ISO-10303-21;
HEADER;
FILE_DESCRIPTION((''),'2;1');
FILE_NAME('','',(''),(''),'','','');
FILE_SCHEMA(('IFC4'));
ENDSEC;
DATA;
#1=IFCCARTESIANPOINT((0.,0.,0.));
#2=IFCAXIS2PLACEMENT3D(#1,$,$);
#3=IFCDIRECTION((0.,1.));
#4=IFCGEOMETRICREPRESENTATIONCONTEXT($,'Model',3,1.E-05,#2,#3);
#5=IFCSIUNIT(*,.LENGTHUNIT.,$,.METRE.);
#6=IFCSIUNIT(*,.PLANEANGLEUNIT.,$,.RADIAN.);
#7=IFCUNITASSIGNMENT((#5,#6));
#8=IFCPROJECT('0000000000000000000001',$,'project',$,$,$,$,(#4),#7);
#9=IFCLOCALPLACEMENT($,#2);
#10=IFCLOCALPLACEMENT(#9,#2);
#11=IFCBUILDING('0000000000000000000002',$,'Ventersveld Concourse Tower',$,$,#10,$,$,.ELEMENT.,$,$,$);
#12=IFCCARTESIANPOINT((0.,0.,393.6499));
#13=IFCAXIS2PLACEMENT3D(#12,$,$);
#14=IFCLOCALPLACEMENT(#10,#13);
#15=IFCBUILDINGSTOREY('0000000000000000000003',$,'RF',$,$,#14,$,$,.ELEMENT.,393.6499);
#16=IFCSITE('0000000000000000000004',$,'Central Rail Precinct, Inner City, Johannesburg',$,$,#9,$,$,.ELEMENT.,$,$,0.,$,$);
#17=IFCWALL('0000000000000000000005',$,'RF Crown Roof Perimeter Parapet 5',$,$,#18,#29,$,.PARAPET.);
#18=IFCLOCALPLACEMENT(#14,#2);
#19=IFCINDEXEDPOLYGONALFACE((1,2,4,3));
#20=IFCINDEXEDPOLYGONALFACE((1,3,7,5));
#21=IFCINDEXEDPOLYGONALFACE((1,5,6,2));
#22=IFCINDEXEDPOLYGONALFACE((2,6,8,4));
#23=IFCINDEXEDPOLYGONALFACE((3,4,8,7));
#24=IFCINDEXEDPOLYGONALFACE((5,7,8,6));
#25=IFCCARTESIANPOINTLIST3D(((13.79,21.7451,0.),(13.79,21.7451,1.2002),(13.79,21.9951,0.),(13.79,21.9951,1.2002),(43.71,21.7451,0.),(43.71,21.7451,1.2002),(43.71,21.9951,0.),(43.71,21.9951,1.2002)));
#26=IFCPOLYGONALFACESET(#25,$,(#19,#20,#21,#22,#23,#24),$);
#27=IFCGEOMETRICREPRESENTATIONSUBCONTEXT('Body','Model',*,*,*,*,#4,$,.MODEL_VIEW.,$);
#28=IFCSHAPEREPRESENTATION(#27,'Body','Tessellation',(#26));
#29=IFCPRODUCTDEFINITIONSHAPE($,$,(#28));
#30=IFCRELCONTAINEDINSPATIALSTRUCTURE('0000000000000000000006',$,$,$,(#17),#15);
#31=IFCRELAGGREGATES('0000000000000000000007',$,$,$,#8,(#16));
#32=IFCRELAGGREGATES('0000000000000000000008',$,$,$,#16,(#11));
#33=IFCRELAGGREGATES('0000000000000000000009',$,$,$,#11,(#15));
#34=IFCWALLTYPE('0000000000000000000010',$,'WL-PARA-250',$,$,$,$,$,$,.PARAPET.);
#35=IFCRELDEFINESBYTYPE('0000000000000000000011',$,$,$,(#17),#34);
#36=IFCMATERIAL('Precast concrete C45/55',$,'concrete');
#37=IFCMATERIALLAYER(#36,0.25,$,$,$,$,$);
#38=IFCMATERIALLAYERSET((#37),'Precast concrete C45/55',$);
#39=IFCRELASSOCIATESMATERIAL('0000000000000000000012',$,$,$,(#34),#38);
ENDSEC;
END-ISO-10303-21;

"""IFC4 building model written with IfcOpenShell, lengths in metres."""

from ifc_helpers import new_model, si_unit, direction, frame, frame_2d, origin, place, context, subcontext, project, spatial, rectangle, extrude, material, layer, layer_set, type_object, element, save


model = new_model("IFC4")

# Units and contexts
model_context = context("Model", 3, precision=1e-05, world=origin(), true_north=direction((0.0, 1.0)))
body_context = subcontext(model_context, "Body", "Model", "MODEL_VIEW")
ifc_project = project(units=[si_unit("LENGTHUNIT", "METRE"), si_unit("PLANEANGLEUNIT", "RADIAN")], contexts=[model_context])

# Site, building, storey
site_placement = place(None, origin())
site = spatial("IfcSite", under=ifc_project, at=site_placement, Name="Central Rail Precinct, Inner City, Johannesburg", CompositionType="ELEMENT", RefElevation=0.0)
building_placement = place(site_placement, origin())
building = spatial("IfcBuilding", under=site, at=building_placement, Name="Ventersveld Concourse Tower", CompositionType="ELEMENT")
storey_placement = place(building_placement, frame((0.0, 0.0, 393.6499)))
storey = spatial("IfcBuildingStorey", under=building, at=storey_placement, Name="RF", CompositionType="ELEMENT", Elevation=393.6499)

# Wall
ifc_material_1 = material(Name="Precast concrete C45/55", Category="concrete")
ifc_layer_1 = layer(ifc_material_1, 0.25)
ifc_layer_set_1 = layer_set([ifc_layer_1], Name="Precast concrete C45/55")
wall_type = type_object("IfcWallType", Name="WL-PARA-250", PredefinedType="PARAPET", material=ifc_layer_set_1)
wall_1_placement = place(storey_placement, frame((43.71, 21.8701, 0.0), z_axis=(0.0, 0.0, 1.0), x_axis=(-1.0, 0.0, 0.0)))
element("IfcWall", 1, at=wall_1_placement, inside=storey, type_object=wall_type, Name="RF Crown Roof Perimeter Parapet 5", PredefinedType="PARAPET", context=body_context, shape_type="SweptSolid", body=[
    extrude(rectangle(XDim=29.9199, YDim=0.25, at=frame_2d((14.96, 0.0))), origin(), (0.0, 0.0, 1.0), 1.2002),
])

save(model, "model.ifc")
